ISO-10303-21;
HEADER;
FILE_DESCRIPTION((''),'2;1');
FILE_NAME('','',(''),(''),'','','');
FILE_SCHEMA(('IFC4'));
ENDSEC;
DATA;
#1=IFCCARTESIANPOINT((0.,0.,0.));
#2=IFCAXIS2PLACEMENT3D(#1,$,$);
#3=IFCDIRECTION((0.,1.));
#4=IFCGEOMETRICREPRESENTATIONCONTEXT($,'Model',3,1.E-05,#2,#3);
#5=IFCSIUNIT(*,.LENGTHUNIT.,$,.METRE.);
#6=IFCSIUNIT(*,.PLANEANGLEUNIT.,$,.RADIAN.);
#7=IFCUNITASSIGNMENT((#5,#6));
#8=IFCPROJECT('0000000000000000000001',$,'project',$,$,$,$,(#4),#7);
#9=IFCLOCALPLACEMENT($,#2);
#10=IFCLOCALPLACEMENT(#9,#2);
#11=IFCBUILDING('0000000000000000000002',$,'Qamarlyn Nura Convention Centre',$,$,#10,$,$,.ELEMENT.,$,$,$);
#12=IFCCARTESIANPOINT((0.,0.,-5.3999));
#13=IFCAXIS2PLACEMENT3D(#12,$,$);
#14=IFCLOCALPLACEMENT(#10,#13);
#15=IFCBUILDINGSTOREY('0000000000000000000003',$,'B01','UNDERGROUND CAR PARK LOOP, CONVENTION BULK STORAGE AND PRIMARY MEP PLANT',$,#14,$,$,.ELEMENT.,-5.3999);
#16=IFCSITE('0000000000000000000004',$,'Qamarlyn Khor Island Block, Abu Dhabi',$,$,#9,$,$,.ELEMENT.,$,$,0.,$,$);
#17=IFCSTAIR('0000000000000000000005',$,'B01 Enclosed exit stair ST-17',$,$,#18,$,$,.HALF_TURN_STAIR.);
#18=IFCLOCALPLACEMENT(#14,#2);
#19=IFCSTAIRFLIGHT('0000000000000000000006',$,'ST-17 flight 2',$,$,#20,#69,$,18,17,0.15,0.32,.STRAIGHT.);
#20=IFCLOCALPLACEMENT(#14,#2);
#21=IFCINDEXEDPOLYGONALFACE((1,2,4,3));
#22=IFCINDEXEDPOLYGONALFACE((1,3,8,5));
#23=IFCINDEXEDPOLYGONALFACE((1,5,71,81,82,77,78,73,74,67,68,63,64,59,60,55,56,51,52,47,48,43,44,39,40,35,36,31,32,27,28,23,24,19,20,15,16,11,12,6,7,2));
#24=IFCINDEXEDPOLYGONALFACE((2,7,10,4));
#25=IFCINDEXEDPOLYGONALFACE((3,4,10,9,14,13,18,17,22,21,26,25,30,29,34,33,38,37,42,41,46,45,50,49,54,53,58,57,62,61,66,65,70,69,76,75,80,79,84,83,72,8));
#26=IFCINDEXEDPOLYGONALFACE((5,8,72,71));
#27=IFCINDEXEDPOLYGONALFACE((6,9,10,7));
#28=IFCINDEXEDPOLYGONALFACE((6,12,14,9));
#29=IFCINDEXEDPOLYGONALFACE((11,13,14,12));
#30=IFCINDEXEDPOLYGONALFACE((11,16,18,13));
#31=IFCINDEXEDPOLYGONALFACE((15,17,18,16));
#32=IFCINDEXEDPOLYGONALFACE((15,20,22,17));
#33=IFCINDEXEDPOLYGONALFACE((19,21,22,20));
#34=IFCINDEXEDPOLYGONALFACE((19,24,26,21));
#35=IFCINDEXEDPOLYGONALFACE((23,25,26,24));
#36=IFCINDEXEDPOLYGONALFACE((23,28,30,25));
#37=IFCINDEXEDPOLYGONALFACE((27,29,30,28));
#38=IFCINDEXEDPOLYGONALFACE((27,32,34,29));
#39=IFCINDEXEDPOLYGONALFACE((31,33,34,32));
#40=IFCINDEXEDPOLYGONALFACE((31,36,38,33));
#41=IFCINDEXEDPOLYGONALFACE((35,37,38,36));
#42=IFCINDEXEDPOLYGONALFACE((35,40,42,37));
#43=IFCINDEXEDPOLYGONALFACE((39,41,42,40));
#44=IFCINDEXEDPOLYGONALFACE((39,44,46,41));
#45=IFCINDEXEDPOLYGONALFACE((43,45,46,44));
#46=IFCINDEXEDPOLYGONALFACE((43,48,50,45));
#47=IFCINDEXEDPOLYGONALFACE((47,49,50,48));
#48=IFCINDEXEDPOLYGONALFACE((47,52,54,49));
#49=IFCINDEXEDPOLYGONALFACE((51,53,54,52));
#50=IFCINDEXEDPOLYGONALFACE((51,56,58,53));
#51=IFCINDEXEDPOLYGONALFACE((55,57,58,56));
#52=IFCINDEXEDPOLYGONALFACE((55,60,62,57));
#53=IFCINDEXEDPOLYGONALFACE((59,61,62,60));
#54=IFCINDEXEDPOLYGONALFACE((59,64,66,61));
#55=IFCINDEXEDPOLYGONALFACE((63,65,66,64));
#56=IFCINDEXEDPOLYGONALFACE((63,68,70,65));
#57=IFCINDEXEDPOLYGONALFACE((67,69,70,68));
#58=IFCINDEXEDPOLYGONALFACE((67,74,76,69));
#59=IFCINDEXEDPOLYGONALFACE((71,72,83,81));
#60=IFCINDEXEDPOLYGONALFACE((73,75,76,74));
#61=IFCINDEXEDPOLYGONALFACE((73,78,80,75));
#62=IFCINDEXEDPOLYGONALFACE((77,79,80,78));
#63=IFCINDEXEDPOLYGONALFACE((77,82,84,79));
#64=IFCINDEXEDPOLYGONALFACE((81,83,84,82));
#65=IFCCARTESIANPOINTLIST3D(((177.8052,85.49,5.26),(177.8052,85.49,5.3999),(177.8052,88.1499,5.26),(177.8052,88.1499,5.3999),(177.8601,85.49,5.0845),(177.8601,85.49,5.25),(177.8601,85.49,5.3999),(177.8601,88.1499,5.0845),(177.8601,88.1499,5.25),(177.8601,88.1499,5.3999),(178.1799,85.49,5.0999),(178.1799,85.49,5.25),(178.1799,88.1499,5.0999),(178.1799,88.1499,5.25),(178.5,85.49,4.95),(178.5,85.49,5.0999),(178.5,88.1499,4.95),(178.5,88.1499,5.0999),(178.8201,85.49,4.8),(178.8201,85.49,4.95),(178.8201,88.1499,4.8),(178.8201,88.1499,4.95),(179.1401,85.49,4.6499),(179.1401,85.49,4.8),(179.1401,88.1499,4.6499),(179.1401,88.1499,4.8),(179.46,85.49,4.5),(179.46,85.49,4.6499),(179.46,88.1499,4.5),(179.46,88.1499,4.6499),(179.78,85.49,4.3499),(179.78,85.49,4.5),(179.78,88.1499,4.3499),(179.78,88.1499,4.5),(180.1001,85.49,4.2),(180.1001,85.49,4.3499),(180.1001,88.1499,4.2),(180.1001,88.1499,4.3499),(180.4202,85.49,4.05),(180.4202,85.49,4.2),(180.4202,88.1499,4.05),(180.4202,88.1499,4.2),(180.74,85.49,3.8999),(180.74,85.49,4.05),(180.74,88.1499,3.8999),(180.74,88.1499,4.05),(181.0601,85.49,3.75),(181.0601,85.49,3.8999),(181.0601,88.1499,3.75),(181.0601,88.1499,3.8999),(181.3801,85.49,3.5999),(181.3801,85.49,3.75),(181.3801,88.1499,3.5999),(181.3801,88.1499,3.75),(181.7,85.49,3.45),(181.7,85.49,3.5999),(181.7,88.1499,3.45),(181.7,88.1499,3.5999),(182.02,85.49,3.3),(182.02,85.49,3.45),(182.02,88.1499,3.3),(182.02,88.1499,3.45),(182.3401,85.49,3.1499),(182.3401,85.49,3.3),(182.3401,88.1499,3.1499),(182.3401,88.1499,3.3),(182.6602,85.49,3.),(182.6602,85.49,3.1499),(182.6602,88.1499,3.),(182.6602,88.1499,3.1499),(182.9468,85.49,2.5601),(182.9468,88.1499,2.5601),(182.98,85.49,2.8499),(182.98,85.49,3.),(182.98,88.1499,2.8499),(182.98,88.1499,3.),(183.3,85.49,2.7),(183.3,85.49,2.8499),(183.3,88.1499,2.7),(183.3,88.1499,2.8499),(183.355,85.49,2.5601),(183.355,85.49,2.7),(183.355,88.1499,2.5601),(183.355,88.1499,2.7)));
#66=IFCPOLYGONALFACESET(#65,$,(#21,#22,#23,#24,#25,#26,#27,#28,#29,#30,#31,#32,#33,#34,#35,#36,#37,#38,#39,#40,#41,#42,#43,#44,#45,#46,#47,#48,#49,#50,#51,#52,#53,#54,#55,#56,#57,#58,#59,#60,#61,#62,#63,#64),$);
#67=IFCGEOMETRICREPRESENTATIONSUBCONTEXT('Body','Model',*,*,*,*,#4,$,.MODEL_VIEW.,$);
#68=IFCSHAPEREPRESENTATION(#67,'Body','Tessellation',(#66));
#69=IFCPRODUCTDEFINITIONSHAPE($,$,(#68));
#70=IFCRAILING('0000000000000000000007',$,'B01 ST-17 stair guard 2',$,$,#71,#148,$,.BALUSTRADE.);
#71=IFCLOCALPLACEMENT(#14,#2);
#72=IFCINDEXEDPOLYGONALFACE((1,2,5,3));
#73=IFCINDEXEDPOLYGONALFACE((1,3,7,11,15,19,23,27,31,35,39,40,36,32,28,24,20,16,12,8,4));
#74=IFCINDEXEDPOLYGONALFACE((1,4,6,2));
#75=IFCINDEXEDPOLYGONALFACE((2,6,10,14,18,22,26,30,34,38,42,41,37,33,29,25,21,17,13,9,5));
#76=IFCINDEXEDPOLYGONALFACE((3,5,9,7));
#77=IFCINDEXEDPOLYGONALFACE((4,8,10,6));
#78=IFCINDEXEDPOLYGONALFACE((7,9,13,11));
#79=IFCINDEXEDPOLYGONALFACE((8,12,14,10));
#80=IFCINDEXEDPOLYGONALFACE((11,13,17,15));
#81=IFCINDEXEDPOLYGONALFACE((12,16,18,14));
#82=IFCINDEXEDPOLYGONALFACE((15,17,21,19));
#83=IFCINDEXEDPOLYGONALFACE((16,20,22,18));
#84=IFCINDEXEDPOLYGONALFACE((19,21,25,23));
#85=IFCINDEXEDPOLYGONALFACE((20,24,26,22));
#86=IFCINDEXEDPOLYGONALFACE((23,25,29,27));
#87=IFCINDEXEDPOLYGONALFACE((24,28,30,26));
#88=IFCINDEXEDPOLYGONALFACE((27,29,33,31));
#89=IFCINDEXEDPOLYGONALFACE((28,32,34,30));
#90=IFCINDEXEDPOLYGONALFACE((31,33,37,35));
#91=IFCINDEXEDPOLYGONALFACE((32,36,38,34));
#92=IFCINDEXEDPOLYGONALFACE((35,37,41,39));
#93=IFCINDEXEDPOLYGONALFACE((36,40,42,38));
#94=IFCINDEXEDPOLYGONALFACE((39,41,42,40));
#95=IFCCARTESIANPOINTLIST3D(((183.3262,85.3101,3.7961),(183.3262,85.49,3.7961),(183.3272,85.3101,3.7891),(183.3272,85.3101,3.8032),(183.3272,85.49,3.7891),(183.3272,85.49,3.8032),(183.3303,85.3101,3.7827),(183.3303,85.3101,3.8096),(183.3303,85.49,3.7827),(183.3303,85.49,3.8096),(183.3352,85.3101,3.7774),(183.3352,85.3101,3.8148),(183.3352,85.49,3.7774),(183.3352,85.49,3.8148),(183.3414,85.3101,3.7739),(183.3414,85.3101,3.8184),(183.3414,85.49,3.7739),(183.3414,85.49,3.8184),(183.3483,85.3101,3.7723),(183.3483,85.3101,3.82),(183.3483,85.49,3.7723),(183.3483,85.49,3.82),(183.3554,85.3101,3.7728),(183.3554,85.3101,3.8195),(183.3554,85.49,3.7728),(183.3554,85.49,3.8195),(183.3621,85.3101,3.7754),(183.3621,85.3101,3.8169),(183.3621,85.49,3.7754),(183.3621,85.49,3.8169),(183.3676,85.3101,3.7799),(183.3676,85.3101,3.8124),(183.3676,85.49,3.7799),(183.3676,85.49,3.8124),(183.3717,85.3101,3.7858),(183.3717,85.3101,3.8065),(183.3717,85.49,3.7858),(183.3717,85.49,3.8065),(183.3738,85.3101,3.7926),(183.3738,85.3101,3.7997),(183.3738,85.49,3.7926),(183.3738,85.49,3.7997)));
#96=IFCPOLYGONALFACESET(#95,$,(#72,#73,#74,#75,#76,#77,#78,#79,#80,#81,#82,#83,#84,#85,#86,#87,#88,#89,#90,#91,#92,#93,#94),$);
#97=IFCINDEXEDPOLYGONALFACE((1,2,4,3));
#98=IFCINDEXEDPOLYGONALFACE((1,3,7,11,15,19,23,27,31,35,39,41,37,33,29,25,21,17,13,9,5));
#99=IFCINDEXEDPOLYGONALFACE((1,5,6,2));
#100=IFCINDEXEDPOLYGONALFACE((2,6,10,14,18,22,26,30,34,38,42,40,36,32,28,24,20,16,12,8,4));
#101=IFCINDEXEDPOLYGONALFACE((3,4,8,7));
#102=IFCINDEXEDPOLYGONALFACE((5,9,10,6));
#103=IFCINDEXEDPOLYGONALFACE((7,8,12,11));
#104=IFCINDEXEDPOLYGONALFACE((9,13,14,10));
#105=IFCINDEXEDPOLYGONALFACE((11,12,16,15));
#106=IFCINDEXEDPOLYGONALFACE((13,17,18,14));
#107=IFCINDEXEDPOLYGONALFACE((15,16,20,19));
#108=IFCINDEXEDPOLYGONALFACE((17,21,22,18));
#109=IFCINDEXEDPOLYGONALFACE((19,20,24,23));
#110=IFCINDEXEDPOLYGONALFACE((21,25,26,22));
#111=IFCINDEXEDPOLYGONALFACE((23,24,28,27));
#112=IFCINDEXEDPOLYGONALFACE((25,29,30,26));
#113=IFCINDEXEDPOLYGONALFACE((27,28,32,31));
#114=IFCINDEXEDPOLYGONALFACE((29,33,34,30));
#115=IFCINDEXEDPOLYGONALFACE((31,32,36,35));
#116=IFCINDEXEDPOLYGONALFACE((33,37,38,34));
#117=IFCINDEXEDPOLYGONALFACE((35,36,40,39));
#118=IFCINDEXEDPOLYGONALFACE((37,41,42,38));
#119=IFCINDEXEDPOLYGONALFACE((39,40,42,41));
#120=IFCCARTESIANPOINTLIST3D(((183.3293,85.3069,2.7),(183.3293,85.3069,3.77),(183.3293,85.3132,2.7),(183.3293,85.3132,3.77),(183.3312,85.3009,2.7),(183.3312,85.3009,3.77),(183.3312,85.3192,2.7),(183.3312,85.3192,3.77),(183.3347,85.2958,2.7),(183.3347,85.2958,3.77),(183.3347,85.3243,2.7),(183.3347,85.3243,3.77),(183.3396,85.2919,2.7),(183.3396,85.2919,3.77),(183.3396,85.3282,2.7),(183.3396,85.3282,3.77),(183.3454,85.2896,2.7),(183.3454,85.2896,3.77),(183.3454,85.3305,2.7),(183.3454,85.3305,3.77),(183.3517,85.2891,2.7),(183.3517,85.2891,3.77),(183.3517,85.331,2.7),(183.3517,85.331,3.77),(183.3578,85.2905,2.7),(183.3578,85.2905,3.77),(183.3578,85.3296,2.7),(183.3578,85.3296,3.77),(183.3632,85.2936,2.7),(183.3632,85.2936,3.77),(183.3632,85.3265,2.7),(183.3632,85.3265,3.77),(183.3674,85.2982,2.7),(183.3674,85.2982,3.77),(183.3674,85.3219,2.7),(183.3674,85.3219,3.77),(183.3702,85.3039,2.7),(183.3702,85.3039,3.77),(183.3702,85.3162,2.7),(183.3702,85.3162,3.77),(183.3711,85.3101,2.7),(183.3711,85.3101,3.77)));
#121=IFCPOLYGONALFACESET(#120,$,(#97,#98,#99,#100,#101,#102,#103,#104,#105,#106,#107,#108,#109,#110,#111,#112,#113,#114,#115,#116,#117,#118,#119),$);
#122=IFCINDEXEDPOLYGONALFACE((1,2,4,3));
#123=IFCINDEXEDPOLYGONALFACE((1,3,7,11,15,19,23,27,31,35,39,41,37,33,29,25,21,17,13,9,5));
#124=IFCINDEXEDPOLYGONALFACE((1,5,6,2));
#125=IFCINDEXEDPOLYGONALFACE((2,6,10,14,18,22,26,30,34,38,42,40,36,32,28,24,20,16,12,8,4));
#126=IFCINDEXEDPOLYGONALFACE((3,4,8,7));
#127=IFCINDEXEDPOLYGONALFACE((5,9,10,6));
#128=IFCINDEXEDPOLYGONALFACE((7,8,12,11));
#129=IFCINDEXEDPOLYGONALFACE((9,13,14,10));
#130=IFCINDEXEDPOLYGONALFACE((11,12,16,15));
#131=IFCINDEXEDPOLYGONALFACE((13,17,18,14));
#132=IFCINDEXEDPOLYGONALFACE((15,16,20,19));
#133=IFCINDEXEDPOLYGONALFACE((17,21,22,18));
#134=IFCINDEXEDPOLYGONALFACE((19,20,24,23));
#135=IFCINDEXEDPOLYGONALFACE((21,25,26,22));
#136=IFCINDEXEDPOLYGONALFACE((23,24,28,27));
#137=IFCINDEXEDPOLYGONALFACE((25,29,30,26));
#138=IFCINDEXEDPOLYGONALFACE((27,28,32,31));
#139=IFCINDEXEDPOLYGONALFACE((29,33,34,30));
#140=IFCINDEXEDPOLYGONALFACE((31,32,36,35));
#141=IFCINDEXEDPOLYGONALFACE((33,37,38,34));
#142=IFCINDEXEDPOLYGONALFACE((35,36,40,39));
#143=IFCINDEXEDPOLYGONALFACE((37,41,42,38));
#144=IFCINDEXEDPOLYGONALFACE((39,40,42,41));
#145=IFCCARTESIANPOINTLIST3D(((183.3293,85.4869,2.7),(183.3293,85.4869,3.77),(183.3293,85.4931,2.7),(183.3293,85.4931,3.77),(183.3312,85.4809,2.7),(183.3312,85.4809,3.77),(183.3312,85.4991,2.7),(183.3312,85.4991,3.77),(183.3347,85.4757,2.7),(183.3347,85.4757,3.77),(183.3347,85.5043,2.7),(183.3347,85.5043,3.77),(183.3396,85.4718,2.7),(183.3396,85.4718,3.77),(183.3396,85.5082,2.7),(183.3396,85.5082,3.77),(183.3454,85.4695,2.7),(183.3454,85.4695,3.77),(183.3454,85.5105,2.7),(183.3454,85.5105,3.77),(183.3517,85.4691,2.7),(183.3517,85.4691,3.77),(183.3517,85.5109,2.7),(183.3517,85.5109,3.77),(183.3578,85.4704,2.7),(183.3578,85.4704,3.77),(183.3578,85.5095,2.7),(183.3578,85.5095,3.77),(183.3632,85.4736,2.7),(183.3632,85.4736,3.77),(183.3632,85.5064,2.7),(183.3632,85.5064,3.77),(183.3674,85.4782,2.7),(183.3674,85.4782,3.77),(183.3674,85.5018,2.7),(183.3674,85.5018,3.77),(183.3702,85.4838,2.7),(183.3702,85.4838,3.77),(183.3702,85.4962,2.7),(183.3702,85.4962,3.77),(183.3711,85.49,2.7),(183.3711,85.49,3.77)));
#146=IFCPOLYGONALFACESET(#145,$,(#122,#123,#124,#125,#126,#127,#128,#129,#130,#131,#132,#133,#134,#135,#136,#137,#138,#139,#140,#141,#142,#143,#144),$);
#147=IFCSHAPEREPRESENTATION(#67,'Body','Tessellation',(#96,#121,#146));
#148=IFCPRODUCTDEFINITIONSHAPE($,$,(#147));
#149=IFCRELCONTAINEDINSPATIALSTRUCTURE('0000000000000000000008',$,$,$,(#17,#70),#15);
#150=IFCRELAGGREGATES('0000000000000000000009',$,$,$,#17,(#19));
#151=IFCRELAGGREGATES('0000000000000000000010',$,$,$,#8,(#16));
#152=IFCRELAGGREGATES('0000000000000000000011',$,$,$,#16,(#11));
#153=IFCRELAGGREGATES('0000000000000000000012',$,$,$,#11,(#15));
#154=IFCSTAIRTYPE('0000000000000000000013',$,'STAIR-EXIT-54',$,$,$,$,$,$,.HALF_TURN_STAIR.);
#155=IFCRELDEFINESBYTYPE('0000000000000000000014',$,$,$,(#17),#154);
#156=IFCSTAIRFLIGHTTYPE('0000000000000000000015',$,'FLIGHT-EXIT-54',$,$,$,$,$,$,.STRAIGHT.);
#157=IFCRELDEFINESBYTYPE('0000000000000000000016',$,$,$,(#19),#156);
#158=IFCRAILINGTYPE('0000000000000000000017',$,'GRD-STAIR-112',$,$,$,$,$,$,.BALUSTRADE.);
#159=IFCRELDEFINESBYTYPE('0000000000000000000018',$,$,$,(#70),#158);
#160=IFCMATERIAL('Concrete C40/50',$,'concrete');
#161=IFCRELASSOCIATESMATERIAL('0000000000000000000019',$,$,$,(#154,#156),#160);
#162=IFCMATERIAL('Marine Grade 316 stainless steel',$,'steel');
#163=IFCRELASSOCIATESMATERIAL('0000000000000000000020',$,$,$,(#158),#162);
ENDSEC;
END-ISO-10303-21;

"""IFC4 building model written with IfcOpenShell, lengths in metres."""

from ifc_helpers import new_model, si_unit, direction, frame, origin, origin_2d, place, context, subcontext, project, spatial, polyline, circle, outline, extrude, material, type_object, element, aggregate, save


model = new_model("IFC4")

# Units and contexts
model_context = context("Model", 3, precision=1e-05, world=origin(), true_north=direction((0.0, 1.0)))
body_context = subcontext(model_context, "Body", "Model", "MODEL_VIEW")
ifc_project = project(units=[si_unit("LENGTHUNIT", "METRE"), si_unit("PLANEANGLEUNIT", "RADIAN")], contexts=[model_context])

# Site, building, storey
site_placement = place(None, origin())
site = spatial("IfcSite", under=ifc_project, at=site_placement, Name="Qamarlyn Khor Island Block, Abu Dhabi", CompositionType="ELEMENT", RefElevation=0.0)
building_placement = place(site_placement, origin())
building = spatial("IfcBuilding", under=site, at=building_placement, Name="Qamarlyn Nura Convention Centre", CompositionType="ELEMENT")
storey_placement = place(building_placement, frame((0.0, 0.0, -5.3999)))
storey = spatial("IfcBuildingStorey", under=building, at=storey_placement, Name="B01", Description="UNDERGROUND CAR PARK LOOP, CONVENTION BULK STORAGE AND PRIMARY MEP PLANT", CompositionType="ELEMENT", Elevation=-5.3999)

# Shared definitions
ifc_material_1 = material(Name="Concrete C40/50", Category="concrete")

# Stair, stair flight
stair_type = type_object("IfcStairType", Name="STAIR-EXIT-54", PredefinedType="HALF_TURN_STAIR", material=ifc_material_1)
stair_flight_type = type_object("IfcStairFlightType", Name="FLIGHT-EXIT-54", PredefinedType="STRAIGHT", material=ifc_material_1)
stair_1_placement = place(storey_placement, origin())
stair_1 = element("IfcStair", 1, at=stair_1_placement, inside=storey, type_object=stair_type, Name="B01 Enclosed exit stair ST-17", PredefinedType="HALF_TURN_STAIR")
stair_flight_1_placement = place(storey_placement, frame((183.3, 86.8201, 2.7), z_axis=(0.0, 0.0, 1.0), x_axis=(-1.0, 0.0, 0.0)))
stair_flight_1 = element("IfcStairFlight", 2, at=stair_flight_1_placement, type_object=stair_flight_type, Name="ST-17 flight 2", NumberOfRisers=18, NumberOfTreads=17, PredefinedType="STRAIGHT", RiserHeight=0.15, TreadLength=0.32, context=body_context, shape_type="SweptSolid", body=[
    extrude(outline(polyline([(-0.0549, 0.0), (0.0, 0.0), (0.0, 0.1499), (0.3201, 0.1499), (0.3201, 0.3), (0.6399, 0.3), (0.6399, 0.45), (0.96, 0.45), (0.96, 0.6001), (1.28, 0.6001), (1.28, 0.75), (1.6001, 0.75), (1.6001, 0.8999), (1.9199, 0.8999), (1.9199, 1.05), (2.24, 1.05), (2.24, 1.2), (2.5601, 1.2), (2.5601, 1.3501), (2.8799, 1.3501), (2.8799, 1.5), (3.2, 1.5), (3.2, 1.6499), (3.52, 1.6499), (3.52, 1.8), (3.8401, 1.8), (3.8401, 1.95), (4.1599, 1.95), (4.1599, 2.1001), (4.48, 2.1001), (4.48, 2.25), (4.8, 2.25), (4.8, 2.3999), (5.1201, 2.3999), (5.1201, 2.55), (5.4399, 2.55), (5.4399, 2.7), (5.4949, 2.7), (5.4949, 2.5601), (5.4399, 2.3845), (0.3533, -0.1399), (-0.0549, -0.1399), (-0.0549, 0.0)])), frame((0.0, 1.3301, 0.0), z_axis=(0.0, -1.0, 0.0), x_axis=(1.0, 0.0, 0.0)), (0.0, 0.0, 1.0), 2.6599),
])
aggregate(stair_1, [stair_flight_1])

# Railing
ifc_material_2 = material(Name="Marine Grade 316 stainless steel", Category="steel")
railing_type_1 = type_object("IfcRailingType", Name="GRD-STAIR-112", PredefinedType="BALUSTRADE", material=ifc_material_2)
railing_placement = place(storey_placement, frame((183.3501, 85.3101, 2.7)))
element("IfcRailing", 3, at=railing_placement, inside=storey, type_object=railing_type_1, Name="B01 ST-17 stair guard 2", PredefinedType="BALUSTRADE", context=body_context, shape_type="SweptSolid", body=[
    extrude(circle(Radius=0.0239, at=origin_2d()), frame((0.0, 0.0, 1.0962), z_axis=(0.0, 1.0, 0.0), x_axis=(-1.0, 0.0, 0.0)), (0.0, 0.0, 1.0), 0.1799),
    extrude(circle(Radius=0.021, at=origin_2d()), origin(), (0.0, 0.0, 1.0), 1.0701),
    extrude(circle(Radius=0.021, at=origin_2d()), frame((0.0, 0.1799, 0.0)), (0.0, 0.0, 1.0), 1.0701),
])

save(model, "model.ifc")
